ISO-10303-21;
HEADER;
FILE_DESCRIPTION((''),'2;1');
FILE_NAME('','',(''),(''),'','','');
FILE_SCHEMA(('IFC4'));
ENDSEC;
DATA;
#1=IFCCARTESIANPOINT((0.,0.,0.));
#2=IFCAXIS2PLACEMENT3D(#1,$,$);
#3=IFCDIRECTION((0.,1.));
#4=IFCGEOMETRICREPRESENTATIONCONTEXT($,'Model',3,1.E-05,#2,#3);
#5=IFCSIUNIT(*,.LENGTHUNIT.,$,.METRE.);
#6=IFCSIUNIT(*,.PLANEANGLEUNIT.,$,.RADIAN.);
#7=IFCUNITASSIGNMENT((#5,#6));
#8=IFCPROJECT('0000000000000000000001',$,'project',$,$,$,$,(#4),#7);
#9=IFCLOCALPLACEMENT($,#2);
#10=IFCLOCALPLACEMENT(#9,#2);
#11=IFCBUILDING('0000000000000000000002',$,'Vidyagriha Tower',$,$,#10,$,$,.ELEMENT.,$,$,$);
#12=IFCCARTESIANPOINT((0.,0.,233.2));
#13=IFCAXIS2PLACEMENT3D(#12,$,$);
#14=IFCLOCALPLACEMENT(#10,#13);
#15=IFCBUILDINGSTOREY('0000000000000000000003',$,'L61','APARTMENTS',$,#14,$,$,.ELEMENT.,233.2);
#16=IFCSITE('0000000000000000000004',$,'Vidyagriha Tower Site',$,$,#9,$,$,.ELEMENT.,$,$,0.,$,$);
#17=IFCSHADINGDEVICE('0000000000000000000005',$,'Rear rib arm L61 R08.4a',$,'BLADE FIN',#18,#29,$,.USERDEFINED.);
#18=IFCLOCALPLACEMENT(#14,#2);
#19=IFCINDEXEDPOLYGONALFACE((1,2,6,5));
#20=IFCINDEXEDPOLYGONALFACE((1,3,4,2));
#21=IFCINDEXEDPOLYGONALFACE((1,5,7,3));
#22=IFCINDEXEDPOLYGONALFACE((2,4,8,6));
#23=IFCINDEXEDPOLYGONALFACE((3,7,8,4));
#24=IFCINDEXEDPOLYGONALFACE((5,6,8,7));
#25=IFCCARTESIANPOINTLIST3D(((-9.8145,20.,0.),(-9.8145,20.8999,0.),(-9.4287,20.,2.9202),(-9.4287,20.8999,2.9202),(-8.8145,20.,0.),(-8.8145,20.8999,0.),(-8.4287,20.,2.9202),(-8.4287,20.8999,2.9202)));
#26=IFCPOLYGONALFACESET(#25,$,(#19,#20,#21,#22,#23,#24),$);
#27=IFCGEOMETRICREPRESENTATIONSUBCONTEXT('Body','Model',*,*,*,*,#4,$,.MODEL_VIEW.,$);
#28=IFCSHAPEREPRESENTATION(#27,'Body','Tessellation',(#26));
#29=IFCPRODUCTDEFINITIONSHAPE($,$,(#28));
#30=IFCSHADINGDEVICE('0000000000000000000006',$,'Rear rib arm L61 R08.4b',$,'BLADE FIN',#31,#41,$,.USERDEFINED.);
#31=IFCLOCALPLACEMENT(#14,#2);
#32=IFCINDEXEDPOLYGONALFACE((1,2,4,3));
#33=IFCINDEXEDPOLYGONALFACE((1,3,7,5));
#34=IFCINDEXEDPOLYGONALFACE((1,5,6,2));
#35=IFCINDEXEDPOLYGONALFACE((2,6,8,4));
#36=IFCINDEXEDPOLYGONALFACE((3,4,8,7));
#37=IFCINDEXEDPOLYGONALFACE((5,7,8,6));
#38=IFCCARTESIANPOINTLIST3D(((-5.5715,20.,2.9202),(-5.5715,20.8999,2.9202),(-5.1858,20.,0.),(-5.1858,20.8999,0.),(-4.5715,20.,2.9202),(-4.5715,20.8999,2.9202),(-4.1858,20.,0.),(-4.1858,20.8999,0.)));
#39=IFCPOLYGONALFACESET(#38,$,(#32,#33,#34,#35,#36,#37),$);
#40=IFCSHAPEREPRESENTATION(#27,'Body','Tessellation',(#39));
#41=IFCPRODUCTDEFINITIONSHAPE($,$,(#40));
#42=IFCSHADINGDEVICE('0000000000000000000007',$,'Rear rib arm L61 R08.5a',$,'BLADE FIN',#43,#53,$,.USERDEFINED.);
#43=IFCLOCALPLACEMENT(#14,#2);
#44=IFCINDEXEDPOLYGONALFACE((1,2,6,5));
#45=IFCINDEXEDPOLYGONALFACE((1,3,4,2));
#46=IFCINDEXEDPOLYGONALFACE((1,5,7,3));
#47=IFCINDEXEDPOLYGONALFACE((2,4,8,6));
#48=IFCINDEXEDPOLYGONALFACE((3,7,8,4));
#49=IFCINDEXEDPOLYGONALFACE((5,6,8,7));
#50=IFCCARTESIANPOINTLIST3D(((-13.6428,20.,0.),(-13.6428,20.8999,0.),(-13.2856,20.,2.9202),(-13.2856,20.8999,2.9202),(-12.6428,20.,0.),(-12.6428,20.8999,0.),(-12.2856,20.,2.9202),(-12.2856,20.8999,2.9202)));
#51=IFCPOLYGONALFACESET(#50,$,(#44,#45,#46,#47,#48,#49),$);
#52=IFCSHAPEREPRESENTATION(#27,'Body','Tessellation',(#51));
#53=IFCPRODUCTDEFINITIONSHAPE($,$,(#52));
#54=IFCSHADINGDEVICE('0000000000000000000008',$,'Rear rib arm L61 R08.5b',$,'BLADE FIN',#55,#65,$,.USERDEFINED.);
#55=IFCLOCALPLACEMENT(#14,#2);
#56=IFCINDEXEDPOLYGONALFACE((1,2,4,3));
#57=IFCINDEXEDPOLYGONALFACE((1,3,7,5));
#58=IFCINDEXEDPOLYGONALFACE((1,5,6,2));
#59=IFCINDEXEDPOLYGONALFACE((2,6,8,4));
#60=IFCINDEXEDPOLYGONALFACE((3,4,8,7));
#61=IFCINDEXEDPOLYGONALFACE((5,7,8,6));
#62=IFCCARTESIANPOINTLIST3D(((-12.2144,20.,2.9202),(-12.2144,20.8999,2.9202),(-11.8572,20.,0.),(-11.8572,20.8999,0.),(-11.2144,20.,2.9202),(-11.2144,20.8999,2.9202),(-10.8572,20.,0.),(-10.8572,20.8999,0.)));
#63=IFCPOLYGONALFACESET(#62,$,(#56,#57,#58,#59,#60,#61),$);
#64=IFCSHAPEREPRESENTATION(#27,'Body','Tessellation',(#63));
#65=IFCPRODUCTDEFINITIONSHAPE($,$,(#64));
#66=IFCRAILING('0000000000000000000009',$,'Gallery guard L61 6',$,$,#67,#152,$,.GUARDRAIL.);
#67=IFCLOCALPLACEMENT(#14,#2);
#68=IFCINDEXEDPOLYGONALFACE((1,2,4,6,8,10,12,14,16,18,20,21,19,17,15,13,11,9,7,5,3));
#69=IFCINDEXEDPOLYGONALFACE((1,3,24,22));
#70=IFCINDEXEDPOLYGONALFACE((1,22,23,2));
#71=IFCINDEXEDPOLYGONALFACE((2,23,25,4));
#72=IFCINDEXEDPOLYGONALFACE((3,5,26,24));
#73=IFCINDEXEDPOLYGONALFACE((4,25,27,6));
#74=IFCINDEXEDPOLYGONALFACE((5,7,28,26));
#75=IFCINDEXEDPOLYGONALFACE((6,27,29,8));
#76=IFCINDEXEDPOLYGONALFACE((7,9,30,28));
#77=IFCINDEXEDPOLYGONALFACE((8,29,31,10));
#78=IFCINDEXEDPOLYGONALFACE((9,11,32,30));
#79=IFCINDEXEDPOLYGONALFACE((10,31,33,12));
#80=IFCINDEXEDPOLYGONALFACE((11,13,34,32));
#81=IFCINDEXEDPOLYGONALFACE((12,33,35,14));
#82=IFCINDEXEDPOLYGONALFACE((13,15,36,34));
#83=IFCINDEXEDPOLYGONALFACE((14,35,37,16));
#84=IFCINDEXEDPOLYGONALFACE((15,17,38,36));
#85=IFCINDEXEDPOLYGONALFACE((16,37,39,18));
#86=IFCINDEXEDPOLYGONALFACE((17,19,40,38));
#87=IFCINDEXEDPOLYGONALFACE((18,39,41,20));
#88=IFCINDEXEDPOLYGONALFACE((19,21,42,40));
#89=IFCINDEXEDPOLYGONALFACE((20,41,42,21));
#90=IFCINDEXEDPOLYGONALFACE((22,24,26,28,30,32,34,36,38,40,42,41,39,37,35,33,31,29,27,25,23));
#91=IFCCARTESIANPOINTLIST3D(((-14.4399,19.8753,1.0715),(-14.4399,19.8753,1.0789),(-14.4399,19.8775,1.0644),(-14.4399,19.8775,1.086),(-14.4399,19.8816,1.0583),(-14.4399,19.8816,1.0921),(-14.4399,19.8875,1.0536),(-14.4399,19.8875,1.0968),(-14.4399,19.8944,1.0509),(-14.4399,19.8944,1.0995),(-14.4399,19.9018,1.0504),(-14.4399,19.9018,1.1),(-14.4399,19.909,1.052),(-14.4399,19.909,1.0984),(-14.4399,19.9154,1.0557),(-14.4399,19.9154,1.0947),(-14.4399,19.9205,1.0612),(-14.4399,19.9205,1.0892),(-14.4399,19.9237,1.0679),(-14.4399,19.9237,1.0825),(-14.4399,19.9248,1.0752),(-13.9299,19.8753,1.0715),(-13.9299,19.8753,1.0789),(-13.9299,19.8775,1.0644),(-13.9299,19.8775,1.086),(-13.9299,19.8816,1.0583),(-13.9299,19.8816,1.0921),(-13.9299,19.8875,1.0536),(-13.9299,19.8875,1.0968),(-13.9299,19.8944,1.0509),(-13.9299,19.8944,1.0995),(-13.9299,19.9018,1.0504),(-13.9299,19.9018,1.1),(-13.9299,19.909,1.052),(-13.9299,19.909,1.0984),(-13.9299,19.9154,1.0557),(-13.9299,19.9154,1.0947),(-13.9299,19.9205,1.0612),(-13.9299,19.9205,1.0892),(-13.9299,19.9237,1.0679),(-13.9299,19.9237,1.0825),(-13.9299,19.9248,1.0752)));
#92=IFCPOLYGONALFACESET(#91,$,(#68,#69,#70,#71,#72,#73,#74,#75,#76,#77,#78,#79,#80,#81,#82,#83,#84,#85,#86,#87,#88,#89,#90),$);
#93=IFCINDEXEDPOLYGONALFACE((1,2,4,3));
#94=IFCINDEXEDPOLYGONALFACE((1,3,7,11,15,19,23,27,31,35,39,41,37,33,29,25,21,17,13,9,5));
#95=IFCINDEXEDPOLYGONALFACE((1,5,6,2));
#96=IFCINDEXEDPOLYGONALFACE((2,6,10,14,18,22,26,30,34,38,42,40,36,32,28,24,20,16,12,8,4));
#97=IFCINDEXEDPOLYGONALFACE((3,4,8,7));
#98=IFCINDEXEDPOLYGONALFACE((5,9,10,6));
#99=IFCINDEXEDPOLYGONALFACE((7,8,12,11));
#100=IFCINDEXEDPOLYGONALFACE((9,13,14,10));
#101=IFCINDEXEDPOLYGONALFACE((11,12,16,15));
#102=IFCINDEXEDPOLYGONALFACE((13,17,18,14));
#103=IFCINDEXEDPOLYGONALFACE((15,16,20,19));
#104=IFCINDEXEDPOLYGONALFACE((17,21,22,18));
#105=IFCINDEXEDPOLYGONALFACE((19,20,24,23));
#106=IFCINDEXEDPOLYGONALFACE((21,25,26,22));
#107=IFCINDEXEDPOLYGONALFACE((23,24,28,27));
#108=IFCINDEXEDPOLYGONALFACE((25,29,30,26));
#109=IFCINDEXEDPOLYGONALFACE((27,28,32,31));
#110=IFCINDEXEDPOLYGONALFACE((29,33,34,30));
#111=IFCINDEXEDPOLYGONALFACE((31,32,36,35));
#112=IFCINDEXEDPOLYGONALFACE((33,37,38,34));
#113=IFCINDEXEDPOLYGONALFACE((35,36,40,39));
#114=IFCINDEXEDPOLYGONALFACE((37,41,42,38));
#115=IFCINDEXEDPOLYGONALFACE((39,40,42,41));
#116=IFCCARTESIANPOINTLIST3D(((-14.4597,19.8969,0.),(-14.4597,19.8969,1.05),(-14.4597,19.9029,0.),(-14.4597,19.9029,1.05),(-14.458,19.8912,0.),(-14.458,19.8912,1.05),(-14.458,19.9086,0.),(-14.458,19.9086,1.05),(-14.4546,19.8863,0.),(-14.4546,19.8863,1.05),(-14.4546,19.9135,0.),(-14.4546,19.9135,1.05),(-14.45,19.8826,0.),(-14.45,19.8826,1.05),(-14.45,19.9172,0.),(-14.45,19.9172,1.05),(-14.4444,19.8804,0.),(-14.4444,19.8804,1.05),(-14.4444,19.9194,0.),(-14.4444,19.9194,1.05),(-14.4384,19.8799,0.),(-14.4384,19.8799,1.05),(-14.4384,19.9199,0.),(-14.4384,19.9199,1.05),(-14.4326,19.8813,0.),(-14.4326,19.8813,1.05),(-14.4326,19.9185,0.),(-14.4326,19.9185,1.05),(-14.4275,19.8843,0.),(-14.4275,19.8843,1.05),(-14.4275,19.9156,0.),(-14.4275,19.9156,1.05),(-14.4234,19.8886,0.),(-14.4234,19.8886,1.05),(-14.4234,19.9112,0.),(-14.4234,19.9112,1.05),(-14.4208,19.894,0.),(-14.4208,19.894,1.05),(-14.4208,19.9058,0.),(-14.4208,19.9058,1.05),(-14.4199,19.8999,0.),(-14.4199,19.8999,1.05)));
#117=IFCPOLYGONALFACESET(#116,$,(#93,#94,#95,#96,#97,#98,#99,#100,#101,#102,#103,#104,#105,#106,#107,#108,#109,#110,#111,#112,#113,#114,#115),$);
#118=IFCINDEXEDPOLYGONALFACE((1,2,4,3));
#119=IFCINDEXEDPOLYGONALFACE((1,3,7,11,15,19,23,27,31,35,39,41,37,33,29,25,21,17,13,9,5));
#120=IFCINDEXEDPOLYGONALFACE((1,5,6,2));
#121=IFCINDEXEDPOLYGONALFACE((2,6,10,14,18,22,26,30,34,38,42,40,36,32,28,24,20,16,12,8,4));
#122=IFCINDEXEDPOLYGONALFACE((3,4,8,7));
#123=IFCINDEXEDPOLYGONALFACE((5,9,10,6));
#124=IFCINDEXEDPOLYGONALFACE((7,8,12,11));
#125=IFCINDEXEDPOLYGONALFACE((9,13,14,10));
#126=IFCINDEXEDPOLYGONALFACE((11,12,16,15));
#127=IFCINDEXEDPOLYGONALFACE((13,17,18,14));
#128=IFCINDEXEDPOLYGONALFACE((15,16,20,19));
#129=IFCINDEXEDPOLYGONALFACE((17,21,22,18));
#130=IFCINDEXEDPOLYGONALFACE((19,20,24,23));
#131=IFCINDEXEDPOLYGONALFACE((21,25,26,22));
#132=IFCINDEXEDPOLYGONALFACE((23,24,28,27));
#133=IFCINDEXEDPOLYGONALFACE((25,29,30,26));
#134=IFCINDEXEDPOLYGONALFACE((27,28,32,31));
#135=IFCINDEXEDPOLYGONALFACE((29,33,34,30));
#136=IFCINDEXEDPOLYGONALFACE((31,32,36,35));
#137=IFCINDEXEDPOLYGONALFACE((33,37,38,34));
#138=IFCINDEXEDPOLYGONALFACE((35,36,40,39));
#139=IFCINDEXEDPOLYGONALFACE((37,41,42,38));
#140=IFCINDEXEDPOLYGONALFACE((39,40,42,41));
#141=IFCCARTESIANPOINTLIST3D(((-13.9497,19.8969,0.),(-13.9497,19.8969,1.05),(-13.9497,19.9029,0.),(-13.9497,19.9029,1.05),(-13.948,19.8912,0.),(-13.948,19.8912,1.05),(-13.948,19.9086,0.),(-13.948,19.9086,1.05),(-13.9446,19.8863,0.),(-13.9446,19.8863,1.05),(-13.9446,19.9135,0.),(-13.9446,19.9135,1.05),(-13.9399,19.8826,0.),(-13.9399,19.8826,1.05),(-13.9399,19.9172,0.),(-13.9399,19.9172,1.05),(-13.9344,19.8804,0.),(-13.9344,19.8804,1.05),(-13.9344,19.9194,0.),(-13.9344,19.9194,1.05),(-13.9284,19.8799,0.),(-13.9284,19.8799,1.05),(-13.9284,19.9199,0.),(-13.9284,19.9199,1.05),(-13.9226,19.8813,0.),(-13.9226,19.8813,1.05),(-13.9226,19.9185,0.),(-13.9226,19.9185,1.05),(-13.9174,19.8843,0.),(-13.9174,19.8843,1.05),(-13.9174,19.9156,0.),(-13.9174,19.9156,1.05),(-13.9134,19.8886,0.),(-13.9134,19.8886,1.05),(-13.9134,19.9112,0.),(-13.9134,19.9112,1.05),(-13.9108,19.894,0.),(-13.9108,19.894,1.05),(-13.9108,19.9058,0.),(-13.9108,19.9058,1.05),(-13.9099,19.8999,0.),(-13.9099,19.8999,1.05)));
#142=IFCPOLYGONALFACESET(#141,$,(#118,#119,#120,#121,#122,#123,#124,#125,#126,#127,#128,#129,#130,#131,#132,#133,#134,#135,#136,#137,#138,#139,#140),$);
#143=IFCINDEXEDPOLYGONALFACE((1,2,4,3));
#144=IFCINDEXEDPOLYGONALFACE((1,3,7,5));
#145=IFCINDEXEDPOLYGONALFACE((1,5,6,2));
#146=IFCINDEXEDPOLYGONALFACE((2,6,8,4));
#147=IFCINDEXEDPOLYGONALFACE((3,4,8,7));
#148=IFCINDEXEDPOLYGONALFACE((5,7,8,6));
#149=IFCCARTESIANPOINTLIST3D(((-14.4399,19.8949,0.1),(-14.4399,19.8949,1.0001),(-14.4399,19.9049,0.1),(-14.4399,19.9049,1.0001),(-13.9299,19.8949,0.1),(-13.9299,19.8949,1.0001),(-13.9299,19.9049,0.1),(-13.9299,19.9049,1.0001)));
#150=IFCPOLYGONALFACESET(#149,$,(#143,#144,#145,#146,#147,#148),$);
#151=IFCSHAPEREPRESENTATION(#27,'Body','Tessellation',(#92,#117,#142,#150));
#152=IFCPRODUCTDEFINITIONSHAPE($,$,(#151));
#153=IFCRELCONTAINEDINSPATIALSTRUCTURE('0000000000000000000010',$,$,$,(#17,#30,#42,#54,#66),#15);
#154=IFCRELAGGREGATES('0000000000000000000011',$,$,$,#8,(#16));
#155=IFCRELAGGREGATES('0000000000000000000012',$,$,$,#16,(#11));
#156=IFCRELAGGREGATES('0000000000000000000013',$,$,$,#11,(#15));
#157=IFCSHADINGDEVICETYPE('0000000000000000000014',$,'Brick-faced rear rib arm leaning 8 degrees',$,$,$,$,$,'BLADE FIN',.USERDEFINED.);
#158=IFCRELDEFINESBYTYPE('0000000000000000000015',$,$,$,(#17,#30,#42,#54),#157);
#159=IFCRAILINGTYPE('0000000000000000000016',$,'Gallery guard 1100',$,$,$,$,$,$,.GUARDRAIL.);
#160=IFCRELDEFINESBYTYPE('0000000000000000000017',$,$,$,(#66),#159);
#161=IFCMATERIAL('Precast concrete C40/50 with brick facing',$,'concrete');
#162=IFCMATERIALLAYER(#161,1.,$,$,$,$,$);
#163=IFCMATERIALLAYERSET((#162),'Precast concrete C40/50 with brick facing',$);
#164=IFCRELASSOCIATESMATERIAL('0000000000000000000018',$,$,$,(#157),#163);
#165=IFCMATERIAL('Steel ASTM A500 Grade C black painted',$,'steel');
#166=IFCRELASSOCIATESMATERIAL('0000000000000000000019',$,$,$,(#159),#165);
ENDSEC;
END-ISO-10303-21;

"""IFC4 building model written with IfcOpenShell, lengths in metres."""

from ifc_helpers import new_model, si_unit, direction, frame, origin, origin_2d, place, context, subcontext, project, spatial, polyline, rectangle, circle, outline, extrude, material, layer, layer_set, type_object, element, save


model = new_model("IFC4")

# Units and contexts
model_context = context("Model", 3, precision=1e-05, world=origin(), true_north=direction((0.0, 1.0)))
body_context = subcontext(model_context, "Body", "Model", "MODEL_VIEW")
ifc_project = project(units=[si_unit("LENGTHUNIT", "METRE"), si_unit("PLANEANGLEUNIT", "RADIAN")], contexts=[model_context])

# Site, building, storey
site_placement = place(None, origin())
site = spatial("IfcSite", under=ifc_project, at=site_placement, Name="Vidyagriha Tower Site", CompositionType="ELEMENT", RefElevation=0.0)
building_placement = place(site_placement, origin())
building = spatial("IfcBuilding", under=site, at=building_placement, Name="Vidyagriha Tower", CompositionType="ELEMENT")
storey_placement = place(building_placement, frame((0.0, 0.0, 233.2)))
storey = spatial("IfcBuildingStorey", under=building, at=storey_placement, Name="L61", Description="APARTMENTS", CompositionType="ELEMENT", Elevation=233.2)

# Shading devices
ifc_material_1 = material(Name="Precast concrete C40/50 with brick facing", Category="concrete")
ifc_layer_1 = layer(ifc_material_1, 1.0)
ifc_layer_set_1 = layer_set([ifc_layer_1], Name="Precast concrete C40/50 with brick facing")
shading_device_type = type_object("IfcShadingDeviceType", Name="Brick-faced rear rib arm leaning 8 degrees", ElementType="BLADE FIN", PredefinedType="USERDEFINED", material=ifc_layer_set_1)
shading_device_1_placement = place(storey_placement, frame((-8.4287, 20.45, 0.0), z_axis=(0.0, 0.0, 1.0), x_axis=(-1.0, 0.0, 0.0)))
element("IfcShadingDevice", 1, at=shading_device_1_placement, inside=storey, type_object=shading_device_type, Name="Rear rib arm L61 R08.4a", ObjectType="BLADE FIN", PredefinedType="USERDEFINED", context=body_context, shape_type="SweptSolid", body=[
    extrude(outline(polyline([(0.3857, 0.0), (1.3857, 0.0), (1.0, 2.9202), (0.0, 2.9202), (0.3857, 0.0)])), frame((0.0, 0.45, 0.0), z_axis=(0.0, -1.0, 0.0), x_axis=(1.0, 0.0, 0.0)), (0.0, 0.0, 1.0), 0.8999),
])
shading_device_2_placement = place(storey_placement, frame((-4.1858, 20.45, 0.0), z_axis=(0.0, 0.0, 1.0), x_axis=(-1.0, 0.0, 0.0)))
element("IfcShadingDevice", 2, at=shading_device_2_placement, inside=storey, type_object=shading_device_type, Name="Rear rib arm L61 R08.4b", ObjectType="BLADE FIN", PredefinedType="USERDEFINED", context=body_context, shape_type="SweptSolid", body=[
    extrude(outline(polyline([(0.0, 0.0), (1.0, 0.0), (1.3857, 2.9202), (0.3857, 2.9202), (0.0, 0.0)])), frame((0.0, 0.45, 0.0), z_axis=(0.0, -1.0, 0.0), x_axis=(1.0, 0.0, 0.0)), (0.0, 0.0, 1.0), 0.8999),
])
shading_device_3_placement = place(storey_placement, frame((-12.2856, 20.45, 0.0), z_axis=(0.0, 0.0, 1.0), x_axis=(-1.0, 0.0, 0.0)))
element("IfcShadingDevice", 3, at=shading_device_3_placement, inside=storey, type_object=shading_device_type, Name="Rear rib arm L61 R08.5a", ObjectType="BLADE FIN", PredefinedType="USERDEFINED", context=body_context, shape_type="SweptSolid", body=[
    extrude(outline(polyline([(0.3572, 0.0), (1.3572, 0.0), (1.0, 2.9202), (0.0, 2.9202), (0.3572, 0.0)])), frame((0.0, 0.45, 0.0), z_axis=(0.0, -1.0, 0.0), x_axis=(1.0, 0.0, 0.0)), (0.0, 0.0, 1.0), 0.8999),
])
shading_device_4_placement = place(storey_placement, frame((-10.8572, 20.45, 0.0), z_axis=(0.0, 0.0, 1.0), x_axis=(-1.0, 0.0, 0.0)))
element("IfcShadingDevice", 4, at=shading_device_4_placement, inside=storey, type_object=shading_device_type, Name="Rear rib arm L61 R08.5b", ObjectType="BLADE FIN", PredefinedType="USERDEFINED", context=body_context, shape_type="SweptSolid", body=[
    extrude(outline(polyline([(0.0, 0.0), (1.0, 0.0), (1.3572, 2.9202), (0.3572, 2.9202), (0.0, 0.0)])), frame((0.0, 0.45, 0.0), z_axis=(0.0, -1.0, 0.0), x_axis=(1.0, 0.0, 0.0)), (0.0, 0.0, 1.0), 0.8999),
])

# Railing
ifc_material_2 = material(Name="Steel ASTM A500 Grade C black painted", Category="steel")
railing_type_1 = type_object("IfcRailingType", Name="Gallery guard 1100", PredefinedType="GUARDRAIL", material=ifc_material_2)
railing_1_placement = place(storey_placement, frame((-14.4399, 19.8999, 0.0)))
element("IfcRailing", 5, at=railing_1_placement, inside=storey, type_object=railing_type_1, Name="Gallery guard L61 6", PredefinedType="GUARDRAIL", context=body_context, shape_type="SweptSolid", body=[
    extrude(circle(Radius=0.0249, at=origin_2d()), frame((0.0, 0.0, 1.0752), z_axis=(1.0, 0.0, 0.0), x_axis=(0.0, 1.0, 0.0)), (0.0, 0.0, 1.0), 0.51),
    extrude(circle(Radius=0.02, at=origin_2d()), origin(), (0.0, 0.0, 1.0), 1.05),
    extrude(circle(Radius=0.02, at=origin_2d()), frame((0.51, 0.0, 0.0)), (0.0, 0.0, 1.0), 1.05),
    extrude(rectangle(XDim=0.01, YDim=0.9001, at=origin_2d()), frame((0.0, 0.0, 0.55), z_axis=(1.0, 0.0, 0.0), x_axis=(0.0, 1.0, 0.0)), (0.0, 0.0, 1.0), 0.51),
])

save(model, "model.ifc")
